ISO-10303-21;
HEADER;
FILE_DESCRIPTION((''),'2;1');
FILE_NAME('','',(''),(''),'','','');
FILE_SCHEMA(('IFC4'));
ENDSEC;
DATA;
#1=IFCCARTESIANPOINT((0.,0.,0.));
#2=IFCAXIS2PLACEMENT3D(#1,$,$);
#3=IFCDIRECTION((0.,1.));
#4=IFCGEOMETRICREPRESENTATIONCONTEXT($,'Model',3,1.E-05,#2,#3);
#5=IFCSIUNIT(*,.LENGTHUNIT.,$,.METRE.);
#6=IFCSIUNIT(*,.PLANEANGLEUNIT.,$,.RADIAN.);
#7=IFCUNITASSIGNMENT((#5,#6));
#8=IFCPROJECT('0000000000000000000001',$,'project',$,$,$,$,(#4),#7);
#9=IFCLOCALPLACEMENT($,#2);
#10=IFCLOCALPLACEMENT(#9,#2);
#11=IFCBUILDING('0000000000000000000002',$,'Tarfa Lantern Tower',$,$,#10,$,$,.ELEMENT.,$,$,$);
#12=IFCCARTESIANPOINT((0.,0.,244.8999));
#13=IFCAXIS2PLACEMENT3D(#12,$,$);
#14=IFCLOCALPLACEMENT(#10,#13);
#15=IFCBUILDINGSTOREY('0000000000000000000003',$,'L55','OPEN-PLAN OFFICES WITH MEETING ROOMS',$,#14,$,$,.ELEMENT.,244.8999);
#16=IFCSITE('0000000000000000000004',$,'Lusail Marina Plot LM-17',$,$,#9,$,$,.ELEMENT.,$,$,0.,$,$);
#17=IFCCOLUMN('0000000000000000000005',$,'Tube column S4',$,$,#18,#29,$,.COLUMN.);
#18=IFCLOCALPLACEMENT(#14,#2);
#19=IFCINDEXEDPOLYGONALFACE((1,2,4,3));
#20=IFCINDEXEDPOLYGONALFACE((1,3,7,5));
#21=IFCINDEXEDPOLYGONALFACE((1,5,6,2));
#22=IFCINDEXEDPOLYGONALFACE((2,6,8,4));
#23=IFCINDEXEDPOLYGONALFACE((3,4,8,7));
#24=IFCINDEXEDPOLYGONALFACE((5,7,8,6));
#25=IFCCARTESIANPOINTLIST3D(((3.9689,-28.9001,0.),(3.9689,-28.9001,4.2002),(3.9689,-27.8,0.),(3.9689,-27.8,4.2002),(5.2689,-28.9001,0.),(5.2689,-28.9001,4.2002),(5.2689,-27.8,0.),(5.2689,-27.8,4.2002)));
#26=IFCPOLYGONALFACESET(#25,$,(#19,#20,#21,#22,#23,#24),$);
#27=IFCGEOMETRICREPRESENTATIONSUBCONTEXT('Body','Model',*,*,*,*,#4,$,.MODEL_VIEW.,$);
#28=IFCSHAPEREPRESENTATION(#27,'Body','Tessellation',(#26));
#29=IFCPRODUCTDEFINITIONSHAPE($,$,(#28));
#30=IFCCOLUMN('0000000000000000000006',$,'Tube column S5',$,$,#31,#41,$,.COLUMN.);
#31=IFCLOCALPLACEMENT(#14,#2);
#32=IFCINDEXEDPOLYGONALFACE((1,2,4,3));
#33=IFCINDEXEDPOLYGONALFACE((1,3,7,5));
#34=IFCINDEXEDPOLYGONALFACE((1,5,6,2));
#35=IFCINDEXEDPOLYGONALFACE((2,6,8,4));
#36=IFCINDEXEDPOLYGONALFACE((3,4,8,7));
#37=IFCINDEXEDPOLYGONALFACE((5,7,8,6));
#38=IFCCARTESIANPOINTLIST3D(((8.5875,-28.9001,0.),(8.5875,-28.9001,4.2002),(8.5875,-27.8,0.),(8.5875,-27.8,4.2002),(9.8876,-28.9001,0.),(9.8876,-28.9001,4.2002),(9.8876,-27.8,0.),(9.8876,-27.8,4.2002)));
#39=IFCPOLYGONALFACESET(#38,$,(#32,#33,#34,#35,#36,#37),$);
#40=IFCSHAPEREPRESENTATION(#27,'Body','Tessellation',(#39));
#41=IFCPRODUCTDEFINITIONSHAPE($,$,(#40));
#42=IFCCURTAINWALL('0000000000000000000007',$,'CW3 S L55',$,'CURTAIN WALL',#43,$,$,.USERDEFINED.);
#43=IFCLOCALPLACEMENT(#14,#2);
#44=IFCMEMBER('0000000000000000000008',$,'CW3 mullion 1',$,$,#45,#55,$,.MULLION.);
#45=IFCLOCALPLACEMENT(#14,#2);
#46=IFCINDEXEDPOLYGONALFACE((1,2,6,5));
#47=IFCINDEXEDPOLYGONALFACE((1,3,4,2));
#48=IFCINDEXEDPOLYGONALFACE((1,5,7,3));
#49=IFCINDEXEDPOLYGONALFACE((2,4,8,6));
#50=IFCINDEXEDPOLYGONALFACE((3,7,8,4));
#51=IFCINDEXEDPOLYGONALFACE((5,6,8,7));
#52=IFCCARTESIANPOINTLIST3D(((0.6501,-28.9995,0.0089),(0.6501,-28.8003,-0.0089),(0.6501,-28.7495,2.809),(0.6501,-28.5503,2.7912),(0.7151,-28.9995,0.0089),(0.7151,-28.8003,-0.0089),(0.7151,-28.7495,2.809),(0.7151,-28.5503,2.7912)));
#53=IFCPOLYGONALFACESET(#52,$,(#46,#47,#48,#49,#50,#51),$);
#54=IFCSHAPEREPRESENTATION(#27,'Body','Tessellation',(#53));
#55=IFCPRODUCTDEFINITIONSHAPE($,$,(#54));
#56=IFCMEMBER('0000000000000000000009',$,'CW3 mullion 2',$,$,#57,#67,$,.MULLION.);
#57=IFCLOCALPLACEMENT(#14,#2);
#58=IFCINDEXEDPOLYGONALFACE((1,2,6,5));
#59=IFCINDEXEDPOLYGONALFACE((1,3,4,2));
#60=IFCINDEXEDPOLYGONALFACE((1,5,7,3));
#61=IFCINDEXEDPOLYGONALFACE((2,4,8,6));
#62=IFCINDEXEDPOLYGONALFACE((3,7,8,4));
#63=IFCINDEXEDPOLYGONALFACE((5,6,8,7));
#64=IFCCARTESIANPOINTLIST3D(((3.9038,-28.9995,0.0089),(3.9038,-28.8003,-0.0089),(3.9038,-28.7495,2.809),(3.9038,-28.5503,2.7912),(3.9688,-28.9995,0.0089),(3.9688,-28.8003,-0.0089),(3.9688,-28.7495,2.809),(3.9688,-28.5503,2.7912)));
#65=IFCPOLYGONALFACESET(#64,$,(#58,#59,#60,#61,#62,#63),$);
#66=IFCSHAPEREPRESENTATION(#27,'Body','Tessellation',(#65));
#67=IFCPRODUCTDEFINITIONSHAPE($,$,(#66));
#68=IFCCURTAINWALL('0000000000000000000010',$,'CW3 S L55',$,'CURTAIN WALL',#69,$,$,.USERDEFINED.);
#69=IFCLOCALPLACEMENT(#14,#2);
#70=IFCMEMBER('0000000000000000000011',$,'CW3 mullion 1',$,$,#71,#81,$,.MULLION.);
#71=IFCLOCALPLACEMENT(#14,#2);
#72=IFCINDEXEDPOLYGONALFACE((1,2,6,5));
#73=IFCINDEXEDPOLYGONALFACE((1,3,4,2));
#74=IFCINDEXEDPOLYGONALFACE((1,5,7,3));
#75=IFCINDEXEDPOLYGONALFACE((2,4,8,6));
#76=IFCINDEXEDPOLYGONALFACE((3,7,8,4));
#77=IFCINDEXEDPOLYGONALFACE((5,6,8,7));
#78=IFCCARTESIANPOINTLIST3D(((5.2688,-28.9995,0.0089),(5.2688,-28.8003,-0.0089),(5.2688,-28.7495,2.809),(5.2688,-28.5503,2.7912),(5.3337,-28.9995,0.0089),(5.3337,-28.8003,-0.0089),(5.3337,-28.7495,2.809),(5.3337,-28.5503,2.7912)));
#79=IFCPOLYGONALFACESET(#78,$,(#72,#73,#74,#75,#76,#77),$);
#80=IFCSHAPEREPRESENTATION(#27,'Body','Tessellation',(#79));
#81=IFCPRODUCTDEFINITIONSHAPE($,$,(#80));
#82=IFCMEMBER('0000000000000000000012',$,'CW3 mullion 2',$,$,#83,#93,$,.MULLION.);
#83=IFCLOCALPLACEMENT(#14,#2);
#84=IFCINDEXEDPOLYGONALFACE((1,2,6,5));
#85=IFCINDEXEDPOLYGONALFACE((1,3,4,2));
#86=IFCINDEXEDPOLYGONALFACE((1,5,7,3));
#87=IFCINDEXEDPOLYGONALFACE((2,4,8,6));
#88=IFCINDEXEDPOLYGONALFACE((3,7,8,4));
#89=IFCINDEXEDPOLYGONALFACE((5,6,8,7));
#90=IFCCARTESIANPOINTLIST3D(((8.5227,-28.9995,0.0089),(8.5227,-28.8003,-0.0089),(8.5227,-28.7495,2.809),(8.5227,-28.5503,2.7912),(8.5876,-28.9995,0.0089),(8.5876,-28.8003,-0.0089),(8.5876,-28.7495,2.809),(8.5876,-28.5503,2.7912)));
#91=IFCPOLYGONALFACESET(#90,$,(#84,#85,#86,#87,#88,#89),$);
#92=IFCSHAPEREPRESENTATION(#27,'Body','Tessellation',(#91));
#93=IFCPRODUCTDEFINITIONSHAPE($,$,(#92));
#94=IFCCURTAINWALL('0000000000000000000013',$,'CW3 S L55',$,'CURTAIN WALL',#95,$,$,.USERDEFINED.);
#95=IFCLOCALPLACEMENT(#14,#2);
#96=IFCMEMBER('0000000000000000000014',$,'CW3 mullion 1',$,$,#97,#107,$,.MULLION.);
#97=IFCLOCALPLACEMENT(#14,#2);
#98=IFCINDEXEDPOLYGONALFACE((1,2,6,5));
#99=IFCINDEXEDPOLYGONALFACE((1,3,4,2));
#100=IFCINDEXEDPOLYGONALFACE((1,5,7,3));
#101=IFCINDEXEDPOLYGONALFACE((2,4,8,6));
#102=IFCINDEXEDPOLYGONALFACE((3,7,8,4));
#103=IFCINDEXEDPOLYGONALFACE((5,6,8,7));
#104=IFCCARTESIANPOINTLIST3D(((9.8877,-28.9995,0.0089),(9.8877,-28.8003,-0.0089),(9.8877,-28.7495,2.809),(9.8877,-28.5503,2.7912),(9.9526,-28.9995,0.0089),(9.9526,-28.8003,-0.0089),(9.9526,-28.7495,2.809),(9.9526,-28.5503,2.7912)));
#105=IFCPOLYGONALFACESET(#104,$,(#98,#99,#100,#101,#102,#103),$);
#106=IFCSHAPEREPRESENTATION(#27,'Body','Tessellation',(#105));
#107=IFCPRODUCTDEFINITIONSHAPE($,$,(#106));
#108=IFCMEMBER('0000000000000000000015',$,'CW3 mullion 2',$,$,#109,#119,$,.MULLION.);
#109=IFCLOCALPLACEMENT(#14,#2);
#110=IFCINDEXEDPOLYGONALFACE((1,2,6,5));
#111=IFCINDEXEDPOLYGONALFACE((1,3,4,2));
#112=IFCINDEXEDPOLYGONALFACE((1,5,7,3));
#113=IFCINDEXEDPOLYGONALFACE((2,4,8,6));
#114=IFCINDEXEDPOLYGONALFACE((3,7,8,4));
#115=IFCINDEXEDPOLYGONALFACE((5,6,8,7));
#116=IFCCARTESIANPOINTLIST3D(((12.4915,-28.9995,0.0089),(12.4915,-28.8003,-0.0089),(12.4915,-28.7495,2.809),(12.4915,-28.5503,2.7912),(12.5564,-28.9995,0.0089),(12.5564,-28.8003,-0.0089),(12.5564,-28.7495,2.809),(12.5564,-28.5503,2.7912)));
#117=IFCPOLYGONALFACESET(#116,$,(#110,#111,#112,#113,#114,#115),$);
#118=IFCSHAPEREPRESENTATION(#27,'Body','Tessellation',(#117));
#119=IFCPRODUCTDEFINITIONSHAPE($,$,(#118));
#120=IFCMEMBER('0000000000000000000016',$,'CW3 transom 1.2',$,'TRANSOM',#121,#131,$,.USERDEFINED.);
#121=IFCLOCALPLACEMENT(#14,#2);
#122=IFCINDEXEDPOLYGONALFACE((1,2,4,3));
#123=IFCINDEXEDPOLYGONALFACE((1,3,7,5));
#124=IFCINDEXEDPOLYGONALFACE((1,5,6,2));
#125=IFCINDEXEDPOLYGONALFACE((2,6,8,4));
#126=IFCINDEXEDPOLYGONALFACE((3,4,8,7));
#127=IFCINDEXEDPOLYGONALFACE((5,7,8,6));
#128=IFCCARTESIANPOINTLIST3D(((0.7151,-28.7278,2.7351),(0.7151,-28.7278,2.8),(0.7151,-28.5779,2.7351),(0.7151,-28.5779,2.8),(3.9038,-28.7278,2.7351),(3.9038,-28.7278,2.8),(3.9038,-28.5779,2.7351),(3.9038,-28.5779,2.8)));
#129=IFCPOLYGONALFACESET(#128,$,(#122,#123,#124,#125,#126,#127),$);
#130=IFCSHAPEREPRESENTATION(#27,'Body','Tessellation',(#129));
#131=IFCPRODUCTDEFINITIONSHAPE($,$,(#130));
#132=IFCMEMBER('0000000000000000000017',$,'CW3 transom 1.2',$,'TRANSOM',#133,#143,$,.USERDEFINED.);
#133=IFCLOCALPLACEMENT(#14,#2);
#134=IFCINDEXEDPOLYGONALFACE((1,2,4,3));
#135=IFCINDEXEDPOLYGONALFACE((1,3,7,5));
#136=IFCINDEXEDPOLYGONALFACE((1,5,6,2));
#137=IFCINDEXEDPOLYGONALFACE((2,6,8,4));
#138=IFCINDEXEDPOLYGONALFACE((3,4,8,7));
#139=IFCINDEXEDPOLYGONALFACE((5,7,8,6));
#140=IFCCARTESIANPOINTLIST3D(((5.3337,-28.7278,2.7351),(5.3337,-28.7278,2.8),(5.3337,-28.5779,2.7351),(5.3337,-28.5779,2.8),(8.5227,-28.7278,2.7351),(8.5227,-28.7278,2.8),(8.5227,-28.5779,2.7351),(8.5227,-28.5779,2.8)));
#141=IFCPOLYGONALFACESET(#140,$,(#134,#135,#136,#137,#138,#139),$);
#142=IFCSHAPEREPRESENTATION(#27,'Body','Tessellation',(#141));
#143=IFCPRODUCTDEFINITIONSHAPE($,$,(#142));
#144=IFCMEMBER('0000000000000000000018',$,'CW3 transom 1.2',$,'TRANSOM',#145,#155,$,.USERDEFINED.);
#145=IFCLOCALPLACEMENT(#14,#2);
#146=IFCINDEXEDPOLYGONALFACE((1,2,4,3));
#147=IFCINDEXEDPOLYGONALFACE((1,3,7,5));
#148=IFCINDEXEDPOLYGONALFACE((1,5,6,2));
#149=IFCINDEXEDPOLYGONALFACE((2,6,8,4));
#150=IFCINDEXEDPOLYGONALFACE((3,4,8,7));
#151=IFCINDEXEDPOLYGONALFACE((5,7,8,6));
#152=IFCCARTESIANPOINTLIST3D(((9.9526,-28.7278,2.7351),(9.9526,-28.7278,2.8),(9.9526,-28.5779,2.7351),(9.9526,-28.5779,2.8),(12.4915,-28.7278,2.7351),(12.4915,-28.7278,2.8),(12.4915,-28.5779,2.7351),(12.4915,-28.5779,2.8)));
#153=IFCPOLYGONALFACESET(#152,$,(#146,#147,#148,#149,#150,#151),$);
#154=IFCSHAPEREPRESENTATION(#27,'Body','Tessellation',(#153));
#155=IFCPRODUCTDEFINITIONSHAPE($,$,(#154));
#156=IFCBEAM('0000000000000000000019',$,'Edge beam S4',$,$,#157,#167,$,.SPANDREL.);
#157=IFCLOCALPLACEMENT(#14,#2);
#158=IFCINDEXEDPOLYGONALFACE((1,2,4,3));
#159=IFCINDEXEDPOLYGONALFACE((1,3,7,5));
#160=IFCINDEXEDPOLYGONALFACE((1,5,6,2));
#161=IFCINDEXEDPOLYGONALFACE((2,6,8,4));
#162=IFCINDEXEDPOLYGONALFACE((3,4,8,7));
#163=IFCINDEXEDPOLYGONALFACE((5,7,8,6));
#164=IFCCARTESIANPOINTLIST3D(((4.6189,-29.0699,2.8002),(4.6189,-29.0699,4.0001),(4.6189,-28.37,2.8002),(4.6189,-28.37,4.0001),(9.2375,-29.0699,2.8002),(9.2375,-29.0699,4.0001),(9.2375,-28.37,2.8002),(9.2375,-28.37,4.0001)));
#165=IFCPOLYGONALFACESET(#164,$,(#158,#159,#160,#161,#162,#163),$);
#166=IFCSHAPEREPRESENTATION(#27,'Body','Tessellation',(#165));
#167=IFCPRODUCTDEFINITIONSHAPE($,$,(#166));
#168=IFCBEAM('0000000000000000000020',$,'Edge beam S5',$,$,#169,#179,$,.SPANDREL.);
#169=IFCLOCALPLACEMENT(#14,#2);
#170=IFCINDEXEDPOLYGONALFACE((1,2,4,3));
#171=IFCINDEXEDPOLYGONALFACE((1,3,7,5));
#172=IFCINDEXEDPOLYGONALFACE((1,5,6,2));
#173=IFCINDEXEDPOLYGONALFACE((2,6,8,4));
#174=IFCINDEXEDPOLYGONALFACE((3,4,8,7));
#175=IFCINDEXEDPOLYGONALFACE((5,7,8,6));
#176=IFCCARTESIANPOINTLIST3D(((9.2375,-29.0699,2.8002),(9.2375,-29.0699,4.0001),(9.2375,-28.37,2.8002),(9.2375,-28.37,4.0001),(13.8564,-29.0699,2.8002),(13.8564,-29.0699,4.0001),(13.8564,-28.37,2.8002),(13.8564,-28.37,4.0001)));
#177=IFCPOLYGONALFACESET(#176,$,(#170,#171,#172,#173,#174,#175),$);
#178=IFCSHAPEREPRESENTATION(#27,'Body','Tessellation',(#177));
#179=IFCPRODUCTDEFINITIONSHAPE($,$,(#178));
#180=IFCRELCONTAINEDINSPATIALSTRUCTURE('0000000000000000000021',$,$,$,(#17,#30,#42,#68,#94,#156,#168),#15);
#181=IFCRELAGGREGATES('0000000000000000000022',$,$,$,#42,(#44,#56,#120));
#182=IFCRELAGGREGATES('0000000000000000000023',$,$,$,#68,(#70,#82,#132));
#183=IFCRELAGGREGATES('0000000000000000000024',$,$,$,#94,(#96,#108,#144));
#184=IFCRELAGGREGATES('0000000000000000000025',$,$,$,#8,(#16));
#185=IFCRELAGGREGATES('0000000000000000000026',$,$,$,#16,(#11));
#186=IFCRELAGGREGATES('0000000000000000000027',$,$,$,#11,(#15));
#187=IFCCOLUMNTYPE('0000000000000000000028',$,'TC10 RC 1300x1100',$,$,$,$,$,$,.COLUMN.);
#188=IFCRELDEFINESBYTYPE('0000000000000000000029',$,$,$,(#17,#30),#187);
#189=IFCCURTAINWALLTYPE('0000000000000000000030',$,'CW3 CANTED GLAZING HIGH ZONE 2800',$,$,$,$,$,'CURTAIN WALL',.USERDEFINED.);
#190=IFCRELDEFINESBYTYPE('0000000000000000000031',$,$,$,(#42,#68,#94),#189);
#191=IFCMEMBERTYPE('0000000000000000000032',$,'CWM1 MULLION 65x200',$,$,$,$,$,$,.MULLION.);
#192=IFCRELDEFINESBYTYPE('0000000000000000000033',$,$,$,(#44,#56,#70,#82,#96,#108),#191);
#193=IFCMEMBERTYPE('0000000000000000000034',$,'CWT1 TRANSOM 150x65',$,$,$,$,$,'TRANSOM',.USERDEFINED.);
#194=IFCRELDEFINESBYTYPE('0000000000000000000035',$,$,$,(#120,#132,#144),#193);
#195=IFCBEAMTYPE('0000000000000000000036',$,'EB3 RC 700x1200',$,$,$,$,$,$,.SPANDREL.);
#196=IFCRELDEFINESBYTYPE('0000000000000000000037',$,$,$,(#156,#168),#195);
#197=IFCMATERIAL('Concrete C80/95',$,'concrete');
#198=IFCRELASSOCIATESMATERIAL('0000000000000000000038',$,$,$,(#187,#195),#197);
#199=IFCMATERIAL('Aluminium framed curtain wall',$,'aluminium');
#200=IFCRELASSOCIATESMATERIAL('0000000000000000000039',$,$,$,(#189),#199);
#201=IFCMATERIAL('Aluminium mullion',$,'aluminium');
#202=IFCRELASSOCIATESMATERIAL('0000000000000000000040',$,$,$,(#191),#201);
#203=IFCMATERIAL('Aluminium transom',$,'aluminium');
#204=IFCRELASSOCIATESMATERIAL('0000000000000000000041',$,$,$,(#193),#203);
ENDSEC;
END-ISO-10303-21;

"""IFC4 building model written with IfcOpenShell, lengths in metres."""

from ifc_helpers import new_model, si_unit, direction, frame, origin, origin_2d, place, context, subcontext, project, spatial, rectangle, extrude, material, material_profile, profile_set, type_object, element, aggregate, save


model = new_model("IFC4")

# Units and contexts
model_context = context("Model", 3, precision=1e-05, world=origin(), true_north=direction((0.0, 1.0)))
body_context = subcontext(model_context, "Body", "Model", "MODEL_VIEW")
ifc_project = project(units=[si_unit("LENGTHUNIT", "METRE"), si_unit("PLANEANGLEUNIT", "RADIAN")], contexts=[model_context])

# Site, building, storey
site_placement = place(None, origin())
site = spatial("IfcSite", under=ifc_project, at=site_placement, Name="Lusail Marina Plot LM-17", CompositionType="ELEMENT", RefElevation=0.0)
building_placement = place(site_placement, origin())
building = spatial("IfcBuilding", under=site, at=building_placement, Name="Tarfa Lantern Tower", CompositionType="ELEMENT")
storey_placement = place(building_placement, frame((0.0, 0.0, 244.8999)))
storey = spatial("IfcBuildingStorey", under=building, at=storey_placement, Name="L55", Description="OPEN-PLAN OFFICES WITH MEETING ROOMS", CompositionType="ELEMENT", Elevation=244.8999)

# Columns
ifc_material_1 = material(Name="Concrete C80/95", Category="concrete")
ifc_material_profile_1 = material_profile(ifc_material_1, rectangle(XDim=1.3, YDim=1.1001, at=origin_2d()), Name="RC 1300x1100")
ifc_profile_set_1 = profile_set([ifc_material_profile_1], Name="Concrete C80/95")
column_type = type_object("IfcColumnType", Name="TC10 RC 1300x1100", PredefinedType="COLUMN", material=ifc_profile_set_1)
for number, where, z_axis, x_axis, name in (
    (1, (4.6189, -28.3501, 0.0), (0.0, 0.0, 1.0), (1.0, 0.0, 0.0), "Tube column S4"),
    (2, (9.2375, -28.3501, 0.0), (0.0, 0.0, 1.0), (1.0, 0.0, 0.0), "Tube column S5"),
):
    element("IfcColumn", number, at=place(storey_placement, frame(where, z_axis=z_axis, x_axis=x_axis)), inside=storey, type_object=column_type, Name=name, PredefinedType="COLUMN", context=body_context, shape_type="SweptSolid", body=[
        extrude(rectangle(XDim=1.3, YDim=1.1001, at=origin_2d()), origin(), (0.0, 0.0, 1.0), 4.2002),
    ])

# Curtain walls, members
ifc_material_2 = material(Name="Aluminium framed curtain wall", Category="aluminium")
curtain_wall_type = type_object("IfcCurtainWallType", Name="CW3 CANTED GLAZING HIGH ZONE 2800", ElementType="CURTAIN WALL", PredefinedType="USERDEFINED", material=ifc_material_2)
curtain_wall_1_placement = place(storey_placement, origin())
curtain_wall_1 = element("IfcCurtainWall", 3, at=curtain_wall_1_placement, inside=storey, type_object=curtain_wall_type, Name="CW3 S L55", ObjectType="CURTAIN WALL", PredefinedType="USERDEFINED")
ifc_material_3 = material(Name="Aluminium mullion", Category="aluminium")
ifc_material_profile_2 = material_profile(ifc_material_3, rectangle(XDim=0.0649, YDim=0.2, at=origin_2d()), Name="AL MULLION 65x200")
ifc_profile_set_2 = profile_set([ifc_material_profile_2], Name="Aluminium mullion")
member_type_1 = type_object("IfcMemberType", Name="CWM1 MULLION 65x200", PredefinedType="MULLION", material=ifc_profile_set_2)
member_1_placement = place(storey_placement, frame((0.6826, -28.8999, 0.0), z_axis=(0.0, 0.08893, 0.996038), x_axis=(-1.0, 0.0, 0.0)))
member_1 = element("IfcMember", 4, at=member_1_placement, type_object=member_type_1, Name="CW3 mullion 1", PredefinedType="MULLION", context=body_context, shape_type="SweptSolid", body=[
    extrude(rectangle(XDim=0.0649, YDim=0.2, at=origin_2d()), origin(), (0.0, 0.0, 1.0), 2.8113),
])
member_2_placement = place(storey_placement, frame((3.9363, -28.8999, 0.0), z_axis=(0.0, 0.08893, 0.996038), x_axis=(-1.0, 0.0, 0.0)))
member_2 = element("IfcMember", 5, at=member_2_placement, type_object=member_type_1, Name="CW3 mullion 2", PredefinedType="MULLION", context=body_context, shape_type="SweptSolid", body=[
    extrude(rectangle(XDim=0.0649, YDim=0.2, at=origin_2d()), origin(), (0.0, 0.0, 1.0), 2.8113),
])
curtain_wall_2_placement = place(storey_placement, origin())
curtain_wall_2 = element("IfcCurtainWall", 6, at=curtain_wall_2_placement, inside=storey, type_object=curtain_wall_type, Name="CW3 S L55", ObjectType="CURTAIN WALL", PredefinedType="USERDEFINED")
member_3_placement = place(storey_placement, frame((5.3013, -28.8999, 0.0), z_axis=(0.0, 0.08893, 0.996038), x_axis=(-1.0, 0.0, 0.0)))
member_3 = element("IfcMember", 7, at=member_3_placement, type_object=member_type_1, Name="CW3 mullion 1", PredefinedType="MULLION", context=body_context, shape_type="SweptSolid", body=[
    extrude(rectangle(XDim=0.0649, YDim=0.2, at=origin_2d()), origin(), (0.0, 0.0, 1.0), 2.8113),
])
member_4_placement = place(storey_placement, frame((8.5552, -28.8999, 0.0), z_axis=(0.0, 0.08893, 0.996038), x_axis=(-1.0, 0.0, 0.0)))
member_4 = element("IfcMember", 8, at=member_4_placement, type_object=member_type_1, Name="CW3 mullion 2", PredefinedType="MULLION", context=body_context, shape_type="SweptSolid", body=[
    extrude(rectangle(XDim=0.0649, YDim=0.2, at=origin_2d()), origin(), (0.0, 0.0, 1.0), 2.8113),
])
curtain_wall_3_placement = place(storey_placement, origin())
curtain_wall_3 = element("IfcCurtainWall", 9, at=curtain_wall_3_placement, inside=storey, type_object=curtain_wall_type, Name="CW3 S L55", ObjectType="CURTAIN WALL", PredefinedType="USERDEFINED")
member_5_placement = place(storey_placement, frame((9.9202, -28.8999, 0.0), z_axis=(0.0, 0.08893, 0.996038), x_axis=(-1.0, 0.0, 0.0)))
member_5 = element("IfcMember", 10, at=member_5_placement, type_object=member_type_1, Name="CW3 mullion 1", PredefinedType="MULLION", context=body_context, shape_type="SweptSolid", body=[
    extrude(rectangle(XDim=0.0649, YDim=0.2, at=origin_2d()), origin(), (0.0, 0.0, 1.0), 2.8113),
])
member_6_placement = place(storey_placement, frame((12.5239, -28.8999, 0.0), z_axis=(0.0, 0.08893, 0.996038), x_axis=(-1.0, 0.0, 0.0)))
member_6 = element("IfcMember", 11, at=member_6_placement, type_object=member_type_1, Name="CW3 mullion 2", PredefinedType="MULLION", context=body_context, shape_type="SweptSolid", body=[
    extrude(rectangle(XDim=0.0649, YDim=0.2, at=origin_2d()), origin(), (0.0, 0.0, 1.0), 2.8113),
])

# Members
ifc_material_4 = material(Name="Aluminium transom", Category="aluminium")
ifc_material_profile_3 = material_profile(ifc_material_4, rectangle(XDim=0.1499, YDim=0.0649, at=origin_2d()), Name="AL TRANSOM 150x65")
ifc_profile_set_3 = profile_set([ifc_material_profile_3], Name="Aluminium transom")
member_type_2 = type_object("IfcMemberType", Name="CWT1 TRANSOM 150x65", ElementType="TRANSOM", PredefinedType="USERDEFINED", material=ifc_profile_set_3)
member_7_placement = place(storey_placement, frame((0.7151, -28.6528, 2.7676), z_axis=(1.0, 0.0, 0.0), x_axis=(0.0, 1.0, 0.0)))
member_7 = element("IfcMember", 12, at=member_7_placement, type_object=member_type_2, Name="CW3 transom 1.2", ObjectType="TRANSOM", PredefinedType="USERDEFINED", context=body_context, shape_type="SweptSolid", body=[
    extrude(rectangle(XDim=0.1499, YDim=0.0649, at=origin_2d()), origin(), (0.0, 0.0, 1.0), 3.1887),
])
member_8_placement = place(storey_placement, frame((5.3337, -28.6528, 2.7676), z_axis=(1.0, 0.0, 0.0), x_axis=(0.0, 1.0, 0.0)))
member_8 = element("IfcMember", 13, at=member_8_placement, type_object=member_type_2, Name="CW3 transom 1.2", ObjectType="TRANSOM", PredefinedType="USERDEFINED", context=body_context, shape_type="SweptSolid", body=[
    extrude(rectangle(XDim=0.1499, YDim=0.0649, at=origin_2d()), origin(), (0.0, 0.0, 1.0), 3.189),
])
member_9_placement = place(storey_placement, frame((9.9526, -28.6528, 2.7676), z_axis=(1.0, 0.0, 0.0), x_axis=(0.0, 1.0, 0.0)))
member_9 = element("IfcMember", 14, at=member_9_placement, type_object=member_type_2, Name="CW3 transom 1.2", ObjectType="TRANSOM", PredefinedType="USERDEFINED", context=body_context, shape_type="SweptSolid", body=[
    extrude(rectangle(XDim=0.1499, YDim=0.0649, at=origin_2d()), origin(), (0.0, 0.0, 1.0), 2.5388),
])

# Beams
ifc_material_profile_4 = material_profile(ifc_material_1, rectangle(XDim=0.7, YDim=1.2, at=origin_2d()), Name="RC 700x1200")
ifc_profile_set_4 = profile_set([ifc_material_profile_4], Name="Concrete C80/95")
beam_type_1 = type_object("IfcBeamType", Name="EB3 RC 700x1200", PredefinedType="SPANDREL", material=ifc_profile_set_4)
beam_1_placement = place(storey_placement, frame((4.6189, -28.72, 3.4001), z_axis=(1.0, 0.0, 0.0), x_axis=(0.0, 1.0, 0.0)))
element("IfcBeam", 15, at=beam_1_placement, inside=storey, type_object=beam_type_1, Name="Edge beam S4", PredefinedType="SPANDREL", context=body_context, shape_type="SweptSolid", body=[
    extrude(rectangle(XDim=0.7, YDim=1.2, at=origin_2d()), origin(), (0.0, 0.0, 1.0), 4.6187),
])
beam_2_placement = place(storey_placement, frame((9.2375, -28.72, 3.4001), z_axis=(1.0, 0.0, 0.0), x_axis=(0.0, 1.0, 0.0)))
element("IfcBeam", 16, at=beam_2_placement, inside=storey, type_object=beam_type_1, Name="Edge beam S5", PredefinedType="SPANDREL", context=body_context, shape_type="SweptSolid", body=[
    extrude(rectangle(XDim=0.7, YDim=1.2, at=origin_2d()), origin(), (0.0, 0.0, 1.0), 4.6189),
])

aggregate(curtain_wall_1, [member_1, member_2, member_7])
aggregate(curtain_wall_2, [member_3, member_4, member_8])
aggregate(curtain_wall_3, [member_5, member_6, member_9])

save(model, "model.ifc")
